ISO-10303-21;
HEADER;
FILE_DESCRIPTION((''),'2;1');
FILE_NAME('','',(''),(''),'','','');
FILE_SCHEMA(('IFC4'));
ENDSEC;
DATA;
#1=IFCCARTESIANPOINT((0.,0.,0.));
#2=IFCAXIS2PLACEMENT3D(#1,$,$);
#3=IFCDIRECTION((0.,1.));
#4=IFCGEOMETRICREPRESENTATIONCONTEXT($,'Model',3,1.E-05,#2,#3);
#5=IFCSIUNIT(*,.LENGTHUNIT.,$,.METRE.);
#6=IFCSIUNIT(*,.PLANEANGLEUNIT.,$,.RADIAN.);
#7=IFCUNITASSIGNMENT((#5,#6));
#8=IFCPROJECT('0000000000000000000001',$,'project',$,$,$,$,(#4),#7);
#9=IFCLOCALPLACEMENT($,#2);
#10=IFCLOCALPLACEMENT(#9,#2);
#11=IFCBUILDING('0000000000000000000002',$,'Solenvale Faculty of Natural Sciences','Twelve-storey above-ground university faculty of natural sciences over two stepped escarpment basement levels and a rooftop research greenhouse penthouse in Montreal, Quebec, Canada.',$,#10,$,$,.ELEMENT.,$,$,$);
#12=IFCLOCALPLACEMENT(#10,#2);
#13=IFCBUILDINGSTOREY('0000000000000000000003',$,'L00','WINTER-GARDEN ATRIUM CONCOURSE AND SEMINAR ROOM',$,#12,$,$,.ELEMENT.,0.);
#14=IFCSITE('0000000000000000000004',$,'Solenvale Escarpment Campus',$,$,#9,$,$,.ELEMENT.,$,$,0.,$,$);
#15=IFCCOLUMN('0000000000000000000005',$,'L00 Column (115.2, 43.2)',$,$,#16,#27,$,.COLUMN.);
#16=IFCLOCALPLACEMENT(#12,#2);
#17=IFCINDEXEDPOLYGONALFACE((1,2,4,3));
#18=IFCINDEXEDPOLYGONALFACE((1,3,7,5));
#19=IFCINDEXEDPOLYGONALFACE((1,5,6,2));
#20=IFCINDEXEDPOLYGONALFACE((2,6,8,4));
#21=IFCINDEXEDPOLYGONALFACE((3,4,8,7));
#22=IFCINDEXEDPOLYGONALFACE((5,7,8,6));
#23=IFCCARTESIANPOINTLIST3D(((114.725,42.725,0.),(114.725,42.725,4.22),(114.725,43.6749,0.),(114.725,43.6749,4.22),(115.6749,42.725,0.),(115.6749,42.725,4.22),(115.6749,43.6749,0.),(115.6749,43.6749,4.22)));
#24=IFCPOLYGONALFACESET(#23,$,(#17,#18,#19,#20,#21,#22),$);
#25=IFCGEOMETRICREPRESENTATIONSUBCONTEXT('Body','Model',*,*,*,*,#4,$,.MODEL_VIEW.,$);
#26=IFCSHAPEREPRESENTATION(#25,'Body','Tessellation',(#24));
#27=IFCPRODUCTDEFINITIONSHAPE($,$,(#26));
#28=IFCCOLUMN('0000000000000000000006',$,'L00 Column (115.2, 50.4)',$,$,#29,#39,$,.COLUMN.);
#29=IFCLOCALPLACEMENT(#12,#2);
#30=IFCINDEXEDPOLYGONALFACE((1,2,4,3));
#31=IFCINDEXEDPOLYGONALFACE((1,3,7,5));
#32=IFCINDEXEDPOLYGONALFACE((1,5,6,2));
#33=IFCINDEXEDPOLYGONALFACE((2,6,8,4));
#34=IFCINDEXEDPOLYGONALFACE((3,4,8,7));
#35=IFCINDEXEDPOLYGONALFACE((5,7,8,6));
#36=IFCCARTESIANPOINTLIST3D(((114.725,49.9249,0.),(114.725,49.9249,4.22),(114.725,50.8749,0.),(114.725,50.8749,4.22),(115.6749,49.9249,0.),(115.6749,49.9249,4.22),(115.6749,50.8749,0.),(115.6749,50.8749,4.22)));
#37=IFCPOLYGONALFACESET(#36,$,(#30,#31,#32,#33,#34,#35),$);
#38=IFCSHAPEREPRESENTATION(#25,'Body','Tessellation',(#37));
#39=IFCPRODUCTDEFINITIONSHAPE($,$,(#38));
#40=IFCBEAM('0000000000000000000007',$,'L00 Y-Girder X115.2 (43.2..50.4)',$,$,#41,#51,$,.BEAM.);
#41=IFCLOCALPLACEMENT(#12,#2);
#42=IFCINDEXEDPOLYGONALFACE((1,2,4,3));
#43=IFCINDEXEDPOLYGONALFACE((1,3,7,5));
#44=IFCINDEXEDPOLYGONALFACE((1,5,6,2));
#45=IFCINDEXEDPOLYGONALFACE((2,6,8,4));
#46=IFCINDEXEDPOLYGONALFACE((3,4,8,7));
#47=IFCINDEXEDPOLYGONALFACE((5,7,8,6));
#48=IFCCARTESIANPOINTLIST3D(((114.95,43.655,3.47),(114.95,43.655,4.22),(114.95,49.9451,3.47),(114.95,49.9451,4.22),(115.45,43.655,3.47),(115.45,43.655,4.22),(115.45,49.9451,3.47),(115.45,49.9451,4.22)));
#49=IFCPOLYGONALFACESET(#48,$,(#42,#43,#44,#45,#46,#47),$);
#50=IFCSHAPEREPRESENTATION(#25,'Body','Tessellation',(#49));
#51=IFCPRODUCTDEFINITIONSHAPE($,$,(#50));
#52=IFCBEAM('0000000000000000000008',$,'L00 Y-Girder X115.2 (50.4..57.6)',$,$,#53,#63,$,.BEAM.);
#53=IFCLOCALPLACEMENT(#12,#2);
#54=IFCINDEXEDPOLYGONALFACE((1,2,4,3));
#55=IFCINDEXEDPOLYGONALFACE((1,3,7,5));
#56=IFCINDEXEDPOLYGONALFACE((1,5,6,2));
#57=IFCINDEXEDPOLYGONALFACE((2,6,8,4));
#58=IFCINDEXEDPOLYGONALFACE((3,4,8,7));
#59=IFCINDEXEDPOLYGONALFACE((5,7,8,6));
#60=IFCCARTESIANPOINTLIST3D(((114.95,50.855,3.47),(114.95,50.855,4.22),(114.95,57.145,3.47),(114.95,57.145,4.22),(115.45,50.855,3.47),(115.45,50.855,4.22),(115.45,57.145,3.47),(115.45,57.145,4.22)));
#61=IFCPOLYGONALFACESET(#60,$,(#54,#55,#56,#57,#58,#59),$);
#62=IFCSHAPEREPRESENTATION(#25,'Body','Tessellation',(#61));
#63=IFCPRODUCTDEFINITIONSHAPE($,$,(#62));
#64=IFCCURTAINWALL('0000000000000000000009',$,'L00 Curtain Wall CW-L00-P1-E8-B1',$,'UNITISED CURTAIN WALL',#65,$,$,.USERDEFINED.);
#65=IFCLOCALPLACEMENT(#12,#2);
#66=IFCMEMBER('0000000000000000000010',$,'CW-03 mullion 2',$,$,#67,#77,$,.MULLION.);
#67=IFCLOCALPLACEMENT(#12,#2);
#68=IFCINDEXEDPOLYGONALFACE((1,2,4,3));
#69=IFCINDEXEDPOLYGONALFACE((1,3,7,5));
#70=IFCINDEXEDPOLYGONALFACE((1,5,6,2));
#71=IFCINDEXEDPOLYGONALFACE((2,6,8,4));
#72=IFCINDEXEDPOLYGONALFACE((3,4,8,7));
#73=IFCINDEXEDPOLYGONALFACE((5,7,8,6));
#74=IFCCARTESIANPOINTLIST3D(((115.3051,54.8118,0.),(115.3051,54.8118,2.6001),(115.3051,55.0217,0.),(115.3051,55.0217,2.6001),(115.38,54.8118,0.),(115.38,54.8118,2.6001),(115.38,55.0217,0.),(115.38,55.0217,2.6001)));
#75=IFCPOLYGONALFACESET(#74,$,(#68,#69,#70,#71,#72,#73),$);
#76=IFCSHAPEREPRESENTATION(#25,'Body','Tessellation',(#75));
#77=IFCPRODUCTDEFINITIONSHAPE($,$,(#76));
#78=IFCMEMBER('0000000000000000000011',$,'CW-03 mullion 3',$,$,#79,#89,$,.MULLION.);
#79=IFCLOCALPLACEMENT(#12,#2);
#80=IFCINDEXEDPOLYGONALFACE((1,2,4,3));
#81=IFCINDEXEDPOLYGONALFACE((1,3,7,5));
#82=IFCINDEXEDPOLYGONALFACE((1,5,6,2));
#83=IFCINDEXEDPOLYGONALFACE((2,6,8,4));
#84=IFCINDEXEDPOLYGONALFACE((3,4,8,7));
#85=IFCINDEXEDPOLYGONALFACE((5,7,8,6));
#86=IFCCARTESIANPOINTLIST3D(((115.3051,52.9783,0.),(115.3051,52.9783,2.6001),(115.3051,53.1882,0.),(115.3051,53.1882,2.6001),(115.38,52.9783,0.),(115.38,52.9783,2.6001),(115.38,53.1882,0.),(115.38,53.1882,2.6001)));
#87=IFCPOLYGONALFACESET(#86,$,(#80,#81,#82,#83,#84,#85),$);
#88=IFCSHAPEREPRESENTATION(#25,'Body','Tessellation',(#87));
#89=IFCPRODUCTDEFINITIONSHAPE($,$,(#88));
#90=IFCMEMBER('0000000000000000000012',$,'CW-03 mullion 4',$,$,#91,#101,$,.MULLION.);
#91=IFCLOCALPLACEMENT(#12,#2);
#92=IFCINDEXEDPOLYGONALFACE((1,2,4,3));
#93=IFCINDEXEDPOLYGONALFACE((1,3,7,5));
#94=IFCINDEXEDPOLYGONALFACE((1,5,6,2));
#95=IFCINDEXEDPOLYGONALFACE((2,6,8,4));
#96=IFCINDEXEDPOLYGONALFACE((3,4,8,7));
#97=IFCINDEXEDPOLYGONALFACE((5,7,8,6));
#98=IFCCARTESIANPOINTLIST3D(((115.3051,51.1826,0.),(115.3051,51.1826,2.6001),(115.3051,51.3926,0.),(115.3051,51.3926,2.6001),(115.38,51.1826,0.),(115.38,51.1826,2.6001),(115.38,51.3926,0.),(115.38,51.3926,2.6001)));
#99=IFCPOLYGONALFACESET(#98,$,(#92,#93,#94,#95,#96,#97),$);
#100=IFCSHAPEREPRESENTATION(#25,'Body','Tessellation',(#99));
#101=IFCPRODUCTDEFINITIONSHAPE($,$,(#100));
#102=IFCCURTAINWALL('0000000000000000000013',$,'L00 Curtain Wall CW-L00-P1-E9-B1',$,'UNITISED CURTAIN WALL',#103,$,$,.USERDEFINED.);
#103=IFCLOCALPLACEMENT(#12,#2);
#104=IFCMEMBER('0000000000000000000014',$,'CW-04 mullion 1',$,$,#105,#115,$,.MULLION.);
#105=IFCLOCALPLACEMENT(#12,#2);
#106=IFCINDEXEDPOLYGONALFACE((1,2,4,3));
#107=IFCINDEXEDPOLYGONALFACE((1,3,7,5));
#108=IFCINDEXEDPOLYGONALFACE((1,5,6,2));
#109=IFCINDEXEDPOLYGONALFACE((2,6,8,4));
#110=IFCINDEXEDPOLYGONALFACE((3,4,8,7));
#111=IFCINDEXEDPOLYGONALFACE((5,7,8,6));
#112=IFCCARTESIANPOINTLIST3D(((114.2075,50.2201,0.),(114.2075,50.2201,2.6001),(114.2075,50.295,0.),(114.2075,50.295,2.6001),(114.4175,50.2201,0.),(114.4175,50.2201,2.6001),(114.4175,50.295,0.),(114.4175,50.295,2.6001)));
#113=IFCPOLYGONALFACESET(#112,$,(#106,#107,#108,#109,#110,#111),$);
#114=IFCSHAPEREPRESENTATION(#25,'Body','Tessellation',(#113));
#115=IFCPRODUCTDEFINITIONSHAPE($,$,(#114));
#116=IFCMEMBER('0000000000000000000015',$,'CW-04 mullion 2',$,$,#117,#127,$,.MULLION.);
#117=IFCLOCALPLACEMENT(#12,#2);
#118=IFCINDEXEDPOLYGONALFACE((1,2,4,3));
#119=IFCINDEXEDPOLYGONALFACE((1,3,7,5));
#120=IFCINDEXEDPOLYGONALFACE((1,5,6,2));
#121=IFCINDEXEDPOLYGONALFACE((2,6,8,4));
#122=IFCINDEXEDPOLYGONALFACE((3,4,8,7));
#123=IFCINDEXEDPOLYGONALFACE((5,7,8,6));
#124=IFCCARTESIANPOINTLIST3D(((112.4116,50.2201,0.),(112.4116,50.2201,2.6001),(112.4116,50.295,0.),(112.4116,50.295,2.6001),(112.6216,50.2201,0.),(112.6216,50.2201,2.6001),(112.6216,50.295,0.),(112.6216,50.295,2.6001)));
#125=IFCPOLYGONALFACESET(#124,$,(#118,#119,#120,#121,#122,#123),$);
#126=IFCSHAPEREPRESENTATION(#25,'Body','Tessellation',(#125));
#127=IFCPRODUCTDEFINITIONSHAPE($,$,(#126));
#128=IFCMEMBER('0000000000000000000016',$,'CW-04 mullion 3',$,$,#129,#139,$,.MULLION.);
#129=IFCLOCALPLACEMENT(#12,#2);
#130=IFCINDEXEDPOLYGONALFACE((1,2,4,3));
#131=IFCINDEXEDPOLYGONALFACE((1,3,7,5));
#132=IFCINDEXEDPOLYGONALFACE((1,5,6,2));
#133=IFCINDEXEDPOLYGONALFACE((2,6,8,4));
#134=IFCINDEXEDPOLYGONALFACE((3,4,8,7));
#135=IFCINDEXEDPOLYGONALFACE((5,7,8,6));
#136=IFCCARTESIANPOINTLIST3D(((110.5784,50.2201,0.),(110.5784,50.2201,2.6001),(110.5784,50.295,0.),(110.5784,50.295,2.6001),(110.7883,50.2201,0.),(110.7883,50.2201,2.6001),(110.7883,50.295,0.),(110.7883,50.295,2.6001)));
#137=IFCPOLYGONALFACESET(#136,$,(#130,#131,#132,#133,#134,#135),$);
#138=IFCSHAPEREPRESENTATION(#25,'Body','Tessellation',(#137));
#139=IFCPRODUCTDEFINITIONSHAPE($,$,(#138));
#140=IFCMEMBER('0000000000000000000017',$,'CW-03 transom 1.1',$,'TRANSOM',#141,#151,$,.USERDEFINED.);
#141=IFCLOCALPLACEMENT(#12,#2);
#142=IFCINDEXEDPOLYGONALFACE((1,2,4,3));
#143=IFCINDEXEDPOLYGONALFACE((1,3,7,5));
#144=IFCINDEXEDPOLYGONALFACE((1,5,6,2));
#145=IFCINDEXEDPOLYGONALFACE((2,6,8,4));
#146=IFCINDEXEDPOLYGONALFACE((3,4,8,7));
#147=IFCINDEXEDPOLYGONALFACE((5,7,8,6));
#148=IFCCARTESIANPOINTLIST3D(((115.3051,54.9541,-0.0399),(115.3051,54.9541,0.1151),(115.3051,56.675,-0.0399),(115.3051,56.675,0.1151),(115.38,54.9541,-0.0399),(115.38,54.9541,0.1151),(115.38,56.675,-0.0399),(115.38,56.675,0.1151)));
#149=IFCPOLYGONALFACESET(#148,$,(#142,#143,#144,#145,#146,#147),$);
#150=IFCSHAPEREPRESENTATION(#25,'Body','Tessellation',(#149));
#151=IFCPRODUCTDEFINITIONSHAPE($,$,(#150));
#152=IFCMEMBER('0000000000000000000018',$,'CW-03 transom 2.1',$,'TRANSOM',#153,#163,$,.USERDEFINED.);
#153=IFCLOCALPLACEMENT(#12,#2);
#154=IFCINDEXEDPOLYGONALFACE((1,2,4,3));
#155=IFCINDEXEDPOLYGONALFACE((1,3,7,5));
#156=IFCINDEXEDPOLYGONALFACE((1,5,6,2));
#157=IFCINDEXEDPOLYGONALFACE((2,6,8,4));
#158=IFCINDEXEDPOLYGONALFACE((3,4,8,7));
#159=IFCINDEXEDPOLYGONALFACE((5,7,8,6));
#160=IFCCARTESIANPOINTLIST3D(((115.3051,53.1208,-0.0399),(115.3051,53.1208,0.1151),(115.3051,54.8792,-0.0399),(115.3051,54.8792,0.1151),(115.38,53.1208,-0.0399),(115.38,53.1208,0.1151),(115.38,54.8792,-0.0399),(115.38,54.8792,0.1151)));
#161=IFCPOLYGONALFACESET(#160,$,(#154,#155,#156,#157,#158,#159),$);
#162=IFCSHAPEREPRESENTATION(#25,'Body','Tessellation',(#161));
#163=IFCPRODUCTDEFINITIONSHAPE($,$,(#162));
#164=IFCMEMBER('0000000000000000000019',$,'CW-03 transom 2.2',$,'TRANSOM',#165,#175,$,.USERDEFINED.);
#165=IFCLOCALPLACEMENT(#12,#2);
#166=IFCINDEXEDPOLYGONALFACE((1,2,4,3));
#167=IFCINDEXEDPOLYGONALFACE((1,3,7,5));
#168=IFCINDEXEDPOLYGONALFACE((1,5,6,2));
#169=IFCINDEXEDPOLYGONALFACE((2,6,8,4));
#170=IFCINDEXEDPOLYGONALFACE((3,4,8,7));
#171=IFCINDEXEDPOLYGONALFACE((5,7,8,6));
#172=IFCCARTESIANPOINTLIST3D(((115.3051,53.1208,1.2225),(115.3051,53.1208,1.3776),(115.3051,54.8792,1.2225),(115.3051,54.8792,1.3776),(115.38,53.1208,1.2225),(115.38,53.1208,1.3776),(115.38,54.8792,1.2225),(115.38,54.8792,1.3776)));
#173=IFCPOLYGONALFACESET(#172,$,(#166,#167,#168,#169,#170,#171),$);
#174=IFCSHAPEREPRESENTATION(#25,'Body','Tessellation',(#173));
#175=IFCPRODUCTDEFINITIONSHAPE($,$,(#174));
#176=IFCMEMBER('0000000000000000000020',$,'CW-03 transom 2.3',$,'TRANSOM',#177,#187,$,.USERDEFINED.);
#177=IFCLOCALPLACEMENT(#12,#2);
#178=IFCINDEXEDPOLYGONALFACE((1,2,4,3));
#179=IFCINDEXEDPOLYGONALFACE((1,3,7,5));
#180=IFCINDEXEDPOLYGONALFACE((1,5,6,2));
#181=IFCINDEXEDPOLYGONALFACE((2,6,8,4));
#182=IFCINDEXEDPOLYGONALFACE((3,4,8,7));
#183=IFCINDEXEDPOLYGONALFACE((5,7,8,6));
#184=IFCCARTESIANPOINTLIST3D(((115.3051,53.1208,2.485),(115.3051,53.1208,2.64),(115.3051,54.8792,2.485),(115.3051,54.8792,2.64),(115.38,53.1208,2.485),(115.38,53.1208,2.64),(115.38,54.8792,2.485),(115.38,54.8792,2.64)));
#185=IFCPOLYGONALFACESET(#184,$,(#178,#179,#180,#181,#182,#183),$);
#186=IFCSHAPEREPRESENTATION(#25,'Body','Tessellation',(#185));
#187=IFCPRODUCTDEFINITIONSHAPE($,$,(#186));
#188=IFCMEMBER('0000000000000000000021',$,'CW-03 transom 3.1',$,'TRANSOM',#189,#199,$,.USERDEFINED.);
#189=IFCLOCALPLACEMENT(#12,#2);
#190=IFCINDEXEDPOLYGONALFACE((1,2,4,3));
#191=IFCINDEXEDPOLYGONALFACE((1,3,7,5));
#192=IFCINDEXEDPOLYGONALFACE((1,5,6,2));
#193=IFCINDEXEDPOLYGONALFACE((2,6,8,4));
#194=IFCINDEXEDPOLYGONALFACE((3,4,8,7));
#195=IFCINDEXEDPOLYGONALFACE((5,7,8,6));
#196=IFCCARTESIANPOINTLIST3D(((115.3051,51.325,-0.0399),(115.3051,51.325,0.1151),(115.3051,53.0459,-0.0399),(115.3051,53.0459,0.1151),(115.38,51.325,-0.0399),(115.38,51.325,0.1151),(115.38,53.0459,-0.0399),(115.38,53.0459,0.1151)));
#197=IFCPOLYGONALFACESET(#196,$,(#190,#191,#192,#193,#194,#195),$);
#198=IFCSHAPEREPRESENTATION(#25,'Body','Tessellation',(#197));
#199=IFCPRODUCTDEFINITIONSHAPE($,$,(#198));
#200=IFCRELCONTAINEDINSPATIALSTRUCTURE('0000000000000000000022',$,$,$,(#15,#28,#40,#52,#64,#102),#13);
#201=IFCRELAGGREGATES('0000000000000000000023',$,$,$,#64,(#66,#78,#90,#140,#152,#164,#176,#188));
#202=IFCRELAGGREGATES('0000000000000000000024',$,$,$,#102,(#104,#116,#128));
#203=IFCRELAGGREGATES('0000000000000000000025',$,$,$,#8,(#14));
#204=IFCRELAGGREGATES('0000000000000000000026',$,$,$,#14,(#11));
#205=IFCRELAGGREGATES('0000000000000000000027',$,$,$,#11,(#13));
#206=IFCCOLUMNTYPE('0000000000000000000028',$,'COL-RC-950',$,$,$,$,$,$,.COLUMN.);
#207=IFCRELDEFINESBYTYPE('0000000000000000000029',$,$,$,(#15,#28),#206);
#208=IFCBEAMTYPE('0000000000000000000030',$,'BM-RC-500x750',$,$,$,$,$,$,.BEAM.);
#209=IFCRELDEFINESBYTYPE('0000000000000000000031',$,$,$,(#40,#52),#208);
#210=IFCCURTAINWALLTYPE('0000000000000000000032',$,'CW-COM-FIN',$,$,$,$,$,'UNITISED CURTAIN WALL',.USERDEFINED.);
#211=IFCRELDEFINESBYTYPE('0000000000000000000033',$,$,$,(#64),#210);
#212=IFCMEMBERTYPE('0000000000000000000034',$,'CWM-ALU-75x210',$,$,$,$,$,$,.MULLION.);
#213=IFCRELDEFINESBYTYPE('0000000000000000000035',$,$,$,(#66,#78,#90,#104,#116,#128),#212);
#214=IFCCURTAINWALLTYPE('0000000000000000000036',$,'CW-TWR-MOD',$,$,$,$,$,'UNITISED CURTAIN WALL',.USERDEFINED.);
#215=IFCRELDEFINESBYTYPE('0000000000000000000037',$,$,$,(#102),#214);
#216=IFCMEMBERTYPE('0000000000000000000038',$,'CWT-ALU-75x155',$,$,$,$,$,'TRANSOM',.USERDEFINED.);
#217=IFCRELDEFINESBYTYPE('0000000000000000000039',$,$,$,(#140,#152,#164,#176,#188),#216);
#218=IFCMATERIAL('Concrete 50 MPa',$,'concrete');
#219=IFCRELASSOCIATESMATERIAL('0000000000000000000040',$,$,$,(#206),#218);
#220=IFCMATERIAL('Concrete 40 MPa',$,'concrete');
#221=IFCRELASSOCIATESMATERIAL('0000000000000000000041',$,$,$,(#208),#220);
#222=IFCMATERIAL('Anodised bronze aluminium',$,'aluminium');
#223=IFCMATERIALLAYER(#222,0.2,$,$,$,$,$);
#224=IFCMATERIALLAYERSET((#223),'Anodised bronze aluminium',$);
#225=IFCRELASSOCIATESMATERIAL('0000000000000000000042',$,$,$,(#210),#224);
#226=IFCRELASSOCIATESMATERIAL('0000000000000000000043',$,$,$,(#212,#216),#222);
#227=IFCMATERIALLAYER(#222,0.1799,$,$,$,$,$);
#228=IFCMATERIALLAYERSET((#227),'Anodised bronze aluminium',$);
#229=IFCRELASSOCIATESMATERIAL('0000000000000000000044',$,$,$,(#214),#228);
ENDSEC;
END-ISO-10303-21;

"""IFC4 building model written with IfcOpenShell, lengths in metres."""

from ifc_helpers import new_model, si_unit, direction, frame, origin, origin_2d, place, context, subcontext, project, spatial, rectangle, extrude, material, layer, layer_set, material_profile, profile_set, type_object, element, aggregate, save


model = new_model("IFC4")

# Units and contexts
model_context = context("Model", 3, precision=1e-05, world=origin(), true_north=direction((0.0, 1.0)))
body_context = subcontext(model_context, "Body", "Model", "MODEL_VIEW")
ifc_project = project(units=[si_unit("LENGTHUNIT", "METRE"), si_unit("PLANEANGLEUNIT", "RADIAN")], contexts=[model_context])

# Site, building, storey
site_placement = place(None, origin())
site = spatial("IfcSite", under=ifc_project, at=site_placement, Name="Solenvale Escarpment Campus", CompositionType="ELEMENT", RefElevation=0.0)
building_placement = place(site_placement, origin())
building = spatial("IfcBuilding", under=site, at=building_placement, Name="Solenvale Faculty of Natural Sciences", Description="Twelve-storey above-ground university faculty of natural sciences over two stepped escarpment basement levels and a rooftop research greenhouse penthouse in Montreal, Quebec, Canada.", CompositionType="ELEMENT")
storey_placement = place(building_placement, origin())
storey = spatial("IfcBuildingStorey", under=building, at=storey_placement, Name="L00", Description="WINTER-GARDEN ATRIUM CONCOURSE AND SEMINAR ROOM", CompositionType="ELEMENT", Elevation=0.0)

# Columns
ifc_material_1 = material(Name="Concrete 50 MPa", Category="concrete")
ifc_material_profile_1 = material_profile(ifc_material_1, rectangle(XDim=0.95, YDim=0.95, at=origin_2d()), Name="RC-COL-950x950")
ifc_profile_set_1 = profile_set([ifc_material_profile_1], Name="Concrete 50 MPa")
column_type = type_object("IfcColumnType", Name="COL-RC-950", PredefinedType="COLUMN", material=ifc_profile_set_1)
for number, where, z_axis, x_axis, name in (
    (1, (115.2, 43.2, 0.0), (0.0, 0.0, 1.0), (1.0, 0.0, 0.0), "L00 Column (115.2, 43.2)"),
    (2, (115.2, 50.3999, 0.0), (0.0, 0.0, 1.0), (1.0, 0.0, 0.0), "L00 Column (115.2, 50.4)"),
):
    element("IfcColumn", number, at=place(storey_placement, frame(where, z_axis=z_axis, x_axis=x_axis)), inside=storey, type_object=column_type, Name=name, PredefinedType="COLUMN", context=body_context, shape_type="SweptSolid", body=[
        extrude(rectangle(XDim=0.95, YDim=0.95, at=origin_2d()), origin(), (0.0, 0.0, 1.0), 4.22),
    ])

# Beams
ifc_material_2 = material(Name="Concrete 40 MPa", Category="concrete")
ifc_material_profile_2 = material_profile(ifc_material_2, rectangle(XDim=0.5, YDim=0.75, at=origin_2d()), Name="RC-BM-500x750")
ifc_profile_set_2 = profile_set([ifc_material_profile_2], Name="Concrete 40 MPa")
beam_type = type_object("IfcBeamType", Name="BM-RC-500x750", PredefinedType="BEAM", material=ifc_profile_set_2)
for number, where, z_axis, x_axis, name in (
    (3, (115.2, 43.655, 3.845), (0.0, 1.0, 0.0), (-1.0, 0.0, 0.0), "L00 Y-Girder X115.2 (43.2..50.4)"),
    (4, (115.2, 50.855, 3.845), (0.0, 1.0, 0.0), (-1.0, 0.0, 0.0), "L00 Y-Girder X115.2 (50.4..57.6)"),
):
    element("IfcBeam", number, at=place(storey_placement, frame(where, z_axis=z_axis, x_axis=x_axis)), inside=storey, type_object=beam_type, Name=name, PredefinedType="BEAM", context=body_context, shape_type="SweptSolid", body=[
        extrude(rectangle(XDim=0.5, YDim=0.75, at=origin_2d()), origin(), (0.0, 0.0, 1.0), 6.29),
    ])

# Curtain walls, members
ifc_material_3 = material(Name="Anodised bronze aluminium", Category="aluminium")
ifc_layer_1 = layer(ifc_material_3, 0.2)
ifc_layer_set_1 = layer_set([ifc_layer_1], Name="Anodised bronze aluminium")
curtain_wall_type_1 = type_object("IfcCurtainWallType", Name="CW-COM-FIN", ElementType="UNITISED CURTAIN WALL", PredefinedType="USERDEFINED", material=ifc_layer_set_1)
curtain_wall_1_placement = place(storey_placement, origin())
curtain_wall_1 = element("IfcCurtainWall", 5, at=curtain_wall_1_placement, inside=storey, type_object=curtain_wall_type_1, Name="L00 Curtain Wall CW-L00-P1-E8-B1", ObjectType="UNITISED CURTAIN WALL", PredefinedType="USERDEFINED")
ifc_material_profile_3 = material_profile(ifc_material_3, rectangle(XDim=0.075, YDim=0.21, at=origin_2d()), Name="ALU-MUL-75x210")
ifc_profile_set_3 = profile_set([ifc_material_profile_3], Name="Anodised bronze aluminium")
member_type_1 = type_object("IfcMemberType", Name="CWM-ALU-75x210", PredefinedType="MULLION", material=ifc_profile_set_3)
member_1_placement = place(storey_placement, frame((115.3425, 54.9167, 0.0), z_axis=(0.0, 0.0, 1.0), x_axis=(1.0, 0.0, 0.0)))
member_1 = element("IfcMember", 6, at=member_1_placement, type_object=member_type_1, Name="CW-03 mullion 2", PredefinedType="MULLION", context=body_context, shape_type="SweptSolid", body=[
    extrude(rectangle(XDim=0.075, YDim=0.21, at=origin_2d()), origin(), (0.0, 0.0, 1.0), 2.6001),
])
member_2_placement = place(storey_placement, frame((115.3425, 53.0833, 0.0), z_axis=(0.0, 0.0, 1.0), x_axis=(1.0, 0.0, 0.0)))
member_2 = element("IfcMember", 7, at=member_2_placement, type_object=member_type_1, Name="CW-03 mullion 3", PredefinedType="MULLION", context=body_context, shape_type="SweptSolid", body=[
    extrude(rectangle(XDim=0.075, YDim=0.21, at=origin_2d()), origin(), (0.0, 0.0, 1.0), 2.6001),
])
member_3_placement = place(storey_placement, frame((115.3425, 51.2876, 0.0), z_axis=(0.0, 0.0, 1.0), x_axis=(1.0, 0.0, 0.0)))
member_3 = element("IfcMember", 8, at=member_3_placement, type_object=member_type_1, Name="CW-03 mullion 4", PredefinedType="MULLION", context=body_context, shape_type="SweptSolid", body=[
    extrude(rectangle(XDim=0.075, YDim=0.21, at=origin_2d()), origin(), (0.0, 0.0, 1.0), 2.6001),
])
ifc_layer_2 = layer(ifc_material_3, 0.1799)
ifc_layer_set_2 = layer_set([ifc_layer_2], Name="Anodised bronze aluminium")
curtain_wall_type_2 = type_object("IfcCurtainWallType", Name="CW-TWR-MOD", ElementType="UNITISED CURTAIN WALL", PredefinedType="USERDEFINED", material=ifc_layer_set_2)
curtain_wall_2_placement = place(storey_placement, origin())
curtain_wall_2 = element("IfcCurtainWall", 9, at=curtain_wall_2_placement, inside=storey, type_object=curtain_wall_type_2, Name="L00 Curtain Wall CW-L00-P1-E9-B1", ObjectType="UNITISED CURTAIN WALL", PredefinedType="USERDEFINED")
member_4_placement = place(storey_placement, frame((114.3125, 50.2576, 0.0), z_axis=(0.0, 0.0, 1.0), x_axis=(0.0, -1.0, 0.0)))
member_4 = element("IfcMember", 10, at=member_4_placement, type_object=member_type_1, Name="CW-04 mullion 1", PredefinedType="MULLION", context=body_context, shape_type="SweptSolid", body=[
    extrude(rectangle(XDim=0.075, YDim=0.21, at=origin_2d()), origin(), (0.0, 0.0, 1.0), 2.6001),
])
member_5_placement = place(storey_placement, frame((112.5166, 50.2576, 0.0), z_axis=(0.0, 0.0, 1.0), x_axis=(0.0, -1.0, 0.0)))
member_5 = element("IfcMember", 11, at=member_5_placement, type_object=member_type_1, Name="CW-04 mullion 2", PredefinedType="MULLION", context=body_context, shape_type="SweptSolid", body=[
    extrude(rectangle(XDim=0.075, YDim=0.21, at=origin_2d()), origin(), (0.0, 0.0, 1.0), 2.6001),
])
member_6_placement = place(storey_placement, frame((110.6833, 50.2576, 0.0), z_axis=(0.0, 0.0, 1.0), x_axis=(0.0, -1.0, 0.0)))
member_6 = element("IfcMember", 12, at=member_6_placement, type_object=member_type_1, Name="CW-04 mullion 3", PredefinedType="MULLION", context=body_context, shape_type="SweptSolid", body=[
    extrude(rectangle(XDim=0.075, YDim=0.21, at=origin_2d()), origin(), (0.0, 0.0, 1.0), 2.6001),
])

# Members
ifc_material_profile_4 = material_profile(ifc_material_3, rectangle(XDim=0.075, YDim=0.155, at=origin_2d()), Name="ALU-TRN-75x155")
ifc_profile_set_4 = profile_set([ifc_material_profile_4], Name="Anodised bronze aluminium")
member_type_2 = type_object("IfcMemberType", Name="CWT-ALU-75x155", ElementType="TRANSOM", PredefinedType="USERDEFINED", material=ifc_profile_set_4)
member_7_placement = place(storey_placement, frame((115.3425, 56.675, 0.0376), z_axis=(0.0, -1.0, 0.0), x_axis=(1.0, 0.0, 0.0)))
member_7 = element("IfcMember", 13, at=member_7_placement, type_object=member_type_2, Name="CW-03 transom 1.1", ObjectType="TRANSOM", PredefinedType="USERDEFINED", context=body_context, shape_type="SweptSolid", body=[
    extrude(rectangle(XDim=0.075, YDim=0.155, at=origin_2d()), origin(), (0.0, 0.0, 1.0), 1.7209),
])
member_8_placement = place(storey_placement, frame((115.3425, 54.8792, 0.0376), z_axis=(0.0, -1.0, 0.0), x_axis=(1.0, 0.0, 0.0)))
member_8 = element("IfcMember", 14, at=member_8_placement, type_object=member_type_2, Name="CW-03 transom 2.1", ObjectType="TRANSOM", PredefinedType="USERDEFINED", context=body_context, shape_type="SweptSolid", body=[
    extrude(rectangle(XDim=0.075, YDim=0.155, at=origin_2d()), origin(), (0.0, 0.0, 1.0), 1.7583),
])
member_9_placement = place(storey_placement, frame((115.3425, 54.8792, 1.3), z_axis=(0.0, -1.0, 0.0), x_axis=(1.0, 0.0, 0.0)))
member_9 = element("IfcMember", 15, at=member_9_placement, type_object=member_type_2, Name="CW-03 transom 2.2", ObjectType="TRANSOM", PredefinedType="USERDEFINED", context=body_context, shape_type="SweptSolid", body=[
    extrude(rectangle(XDim=0.075, YDim=0.155, at=origin_2d()), origin(), (0.0, 0.0, 1.0), 1.7583),
])
member_10_placement = place(storey_placement, frame((115.3425, 54.8792, 2.5625), z_axis=(0.0, -1.0, 0.0), x_axis=(1.0, 0.0, 0.0)))
member_10 = element("IfcMember", 16, at=member_10_placement, type_object=member_type_2, Name="CW-03 transom 2.3", ObjectType="TRANSOM", PredefinedType="USERDEFINED", context=body_context, shape_type="SweptSolid", body=[
    extrude(rectangle(XDim=0.075, YDim=0.155, at=origin_2d()), origin(), (0.0, 0.0, 1.0), 1.7583),
])
member_11_placement = place(storey_placement, frame((115.3425, 53.0459, 0.0376), z_axis=(0.0, -1.0, 0.0), x_axis=(1.0, 0.0, 0.0)))
member_11 = element("IfcMember", 17, at=member_11_placement, type_object=member_type_2, Name="CW-03 transom 3.1", ObjectType="TRANSOM", PredefinedType="USERDEFINED", context=body_context, shape_type="SweptSolid", body=[
    extrude(rectangle(XDim=0.075, YDim=0.155, at=origin_2d()), origin(), (0.0, 0.0, 1.0), 1.7209),
])

aggregate(curtain_wall_1, [member_1, member_2, member_3, member_7, member_8, member_9, member_10, member_11])
aggregate(curtain_wall_2, [member_4, member_5, member_6])

save(model, "model.ifc")
